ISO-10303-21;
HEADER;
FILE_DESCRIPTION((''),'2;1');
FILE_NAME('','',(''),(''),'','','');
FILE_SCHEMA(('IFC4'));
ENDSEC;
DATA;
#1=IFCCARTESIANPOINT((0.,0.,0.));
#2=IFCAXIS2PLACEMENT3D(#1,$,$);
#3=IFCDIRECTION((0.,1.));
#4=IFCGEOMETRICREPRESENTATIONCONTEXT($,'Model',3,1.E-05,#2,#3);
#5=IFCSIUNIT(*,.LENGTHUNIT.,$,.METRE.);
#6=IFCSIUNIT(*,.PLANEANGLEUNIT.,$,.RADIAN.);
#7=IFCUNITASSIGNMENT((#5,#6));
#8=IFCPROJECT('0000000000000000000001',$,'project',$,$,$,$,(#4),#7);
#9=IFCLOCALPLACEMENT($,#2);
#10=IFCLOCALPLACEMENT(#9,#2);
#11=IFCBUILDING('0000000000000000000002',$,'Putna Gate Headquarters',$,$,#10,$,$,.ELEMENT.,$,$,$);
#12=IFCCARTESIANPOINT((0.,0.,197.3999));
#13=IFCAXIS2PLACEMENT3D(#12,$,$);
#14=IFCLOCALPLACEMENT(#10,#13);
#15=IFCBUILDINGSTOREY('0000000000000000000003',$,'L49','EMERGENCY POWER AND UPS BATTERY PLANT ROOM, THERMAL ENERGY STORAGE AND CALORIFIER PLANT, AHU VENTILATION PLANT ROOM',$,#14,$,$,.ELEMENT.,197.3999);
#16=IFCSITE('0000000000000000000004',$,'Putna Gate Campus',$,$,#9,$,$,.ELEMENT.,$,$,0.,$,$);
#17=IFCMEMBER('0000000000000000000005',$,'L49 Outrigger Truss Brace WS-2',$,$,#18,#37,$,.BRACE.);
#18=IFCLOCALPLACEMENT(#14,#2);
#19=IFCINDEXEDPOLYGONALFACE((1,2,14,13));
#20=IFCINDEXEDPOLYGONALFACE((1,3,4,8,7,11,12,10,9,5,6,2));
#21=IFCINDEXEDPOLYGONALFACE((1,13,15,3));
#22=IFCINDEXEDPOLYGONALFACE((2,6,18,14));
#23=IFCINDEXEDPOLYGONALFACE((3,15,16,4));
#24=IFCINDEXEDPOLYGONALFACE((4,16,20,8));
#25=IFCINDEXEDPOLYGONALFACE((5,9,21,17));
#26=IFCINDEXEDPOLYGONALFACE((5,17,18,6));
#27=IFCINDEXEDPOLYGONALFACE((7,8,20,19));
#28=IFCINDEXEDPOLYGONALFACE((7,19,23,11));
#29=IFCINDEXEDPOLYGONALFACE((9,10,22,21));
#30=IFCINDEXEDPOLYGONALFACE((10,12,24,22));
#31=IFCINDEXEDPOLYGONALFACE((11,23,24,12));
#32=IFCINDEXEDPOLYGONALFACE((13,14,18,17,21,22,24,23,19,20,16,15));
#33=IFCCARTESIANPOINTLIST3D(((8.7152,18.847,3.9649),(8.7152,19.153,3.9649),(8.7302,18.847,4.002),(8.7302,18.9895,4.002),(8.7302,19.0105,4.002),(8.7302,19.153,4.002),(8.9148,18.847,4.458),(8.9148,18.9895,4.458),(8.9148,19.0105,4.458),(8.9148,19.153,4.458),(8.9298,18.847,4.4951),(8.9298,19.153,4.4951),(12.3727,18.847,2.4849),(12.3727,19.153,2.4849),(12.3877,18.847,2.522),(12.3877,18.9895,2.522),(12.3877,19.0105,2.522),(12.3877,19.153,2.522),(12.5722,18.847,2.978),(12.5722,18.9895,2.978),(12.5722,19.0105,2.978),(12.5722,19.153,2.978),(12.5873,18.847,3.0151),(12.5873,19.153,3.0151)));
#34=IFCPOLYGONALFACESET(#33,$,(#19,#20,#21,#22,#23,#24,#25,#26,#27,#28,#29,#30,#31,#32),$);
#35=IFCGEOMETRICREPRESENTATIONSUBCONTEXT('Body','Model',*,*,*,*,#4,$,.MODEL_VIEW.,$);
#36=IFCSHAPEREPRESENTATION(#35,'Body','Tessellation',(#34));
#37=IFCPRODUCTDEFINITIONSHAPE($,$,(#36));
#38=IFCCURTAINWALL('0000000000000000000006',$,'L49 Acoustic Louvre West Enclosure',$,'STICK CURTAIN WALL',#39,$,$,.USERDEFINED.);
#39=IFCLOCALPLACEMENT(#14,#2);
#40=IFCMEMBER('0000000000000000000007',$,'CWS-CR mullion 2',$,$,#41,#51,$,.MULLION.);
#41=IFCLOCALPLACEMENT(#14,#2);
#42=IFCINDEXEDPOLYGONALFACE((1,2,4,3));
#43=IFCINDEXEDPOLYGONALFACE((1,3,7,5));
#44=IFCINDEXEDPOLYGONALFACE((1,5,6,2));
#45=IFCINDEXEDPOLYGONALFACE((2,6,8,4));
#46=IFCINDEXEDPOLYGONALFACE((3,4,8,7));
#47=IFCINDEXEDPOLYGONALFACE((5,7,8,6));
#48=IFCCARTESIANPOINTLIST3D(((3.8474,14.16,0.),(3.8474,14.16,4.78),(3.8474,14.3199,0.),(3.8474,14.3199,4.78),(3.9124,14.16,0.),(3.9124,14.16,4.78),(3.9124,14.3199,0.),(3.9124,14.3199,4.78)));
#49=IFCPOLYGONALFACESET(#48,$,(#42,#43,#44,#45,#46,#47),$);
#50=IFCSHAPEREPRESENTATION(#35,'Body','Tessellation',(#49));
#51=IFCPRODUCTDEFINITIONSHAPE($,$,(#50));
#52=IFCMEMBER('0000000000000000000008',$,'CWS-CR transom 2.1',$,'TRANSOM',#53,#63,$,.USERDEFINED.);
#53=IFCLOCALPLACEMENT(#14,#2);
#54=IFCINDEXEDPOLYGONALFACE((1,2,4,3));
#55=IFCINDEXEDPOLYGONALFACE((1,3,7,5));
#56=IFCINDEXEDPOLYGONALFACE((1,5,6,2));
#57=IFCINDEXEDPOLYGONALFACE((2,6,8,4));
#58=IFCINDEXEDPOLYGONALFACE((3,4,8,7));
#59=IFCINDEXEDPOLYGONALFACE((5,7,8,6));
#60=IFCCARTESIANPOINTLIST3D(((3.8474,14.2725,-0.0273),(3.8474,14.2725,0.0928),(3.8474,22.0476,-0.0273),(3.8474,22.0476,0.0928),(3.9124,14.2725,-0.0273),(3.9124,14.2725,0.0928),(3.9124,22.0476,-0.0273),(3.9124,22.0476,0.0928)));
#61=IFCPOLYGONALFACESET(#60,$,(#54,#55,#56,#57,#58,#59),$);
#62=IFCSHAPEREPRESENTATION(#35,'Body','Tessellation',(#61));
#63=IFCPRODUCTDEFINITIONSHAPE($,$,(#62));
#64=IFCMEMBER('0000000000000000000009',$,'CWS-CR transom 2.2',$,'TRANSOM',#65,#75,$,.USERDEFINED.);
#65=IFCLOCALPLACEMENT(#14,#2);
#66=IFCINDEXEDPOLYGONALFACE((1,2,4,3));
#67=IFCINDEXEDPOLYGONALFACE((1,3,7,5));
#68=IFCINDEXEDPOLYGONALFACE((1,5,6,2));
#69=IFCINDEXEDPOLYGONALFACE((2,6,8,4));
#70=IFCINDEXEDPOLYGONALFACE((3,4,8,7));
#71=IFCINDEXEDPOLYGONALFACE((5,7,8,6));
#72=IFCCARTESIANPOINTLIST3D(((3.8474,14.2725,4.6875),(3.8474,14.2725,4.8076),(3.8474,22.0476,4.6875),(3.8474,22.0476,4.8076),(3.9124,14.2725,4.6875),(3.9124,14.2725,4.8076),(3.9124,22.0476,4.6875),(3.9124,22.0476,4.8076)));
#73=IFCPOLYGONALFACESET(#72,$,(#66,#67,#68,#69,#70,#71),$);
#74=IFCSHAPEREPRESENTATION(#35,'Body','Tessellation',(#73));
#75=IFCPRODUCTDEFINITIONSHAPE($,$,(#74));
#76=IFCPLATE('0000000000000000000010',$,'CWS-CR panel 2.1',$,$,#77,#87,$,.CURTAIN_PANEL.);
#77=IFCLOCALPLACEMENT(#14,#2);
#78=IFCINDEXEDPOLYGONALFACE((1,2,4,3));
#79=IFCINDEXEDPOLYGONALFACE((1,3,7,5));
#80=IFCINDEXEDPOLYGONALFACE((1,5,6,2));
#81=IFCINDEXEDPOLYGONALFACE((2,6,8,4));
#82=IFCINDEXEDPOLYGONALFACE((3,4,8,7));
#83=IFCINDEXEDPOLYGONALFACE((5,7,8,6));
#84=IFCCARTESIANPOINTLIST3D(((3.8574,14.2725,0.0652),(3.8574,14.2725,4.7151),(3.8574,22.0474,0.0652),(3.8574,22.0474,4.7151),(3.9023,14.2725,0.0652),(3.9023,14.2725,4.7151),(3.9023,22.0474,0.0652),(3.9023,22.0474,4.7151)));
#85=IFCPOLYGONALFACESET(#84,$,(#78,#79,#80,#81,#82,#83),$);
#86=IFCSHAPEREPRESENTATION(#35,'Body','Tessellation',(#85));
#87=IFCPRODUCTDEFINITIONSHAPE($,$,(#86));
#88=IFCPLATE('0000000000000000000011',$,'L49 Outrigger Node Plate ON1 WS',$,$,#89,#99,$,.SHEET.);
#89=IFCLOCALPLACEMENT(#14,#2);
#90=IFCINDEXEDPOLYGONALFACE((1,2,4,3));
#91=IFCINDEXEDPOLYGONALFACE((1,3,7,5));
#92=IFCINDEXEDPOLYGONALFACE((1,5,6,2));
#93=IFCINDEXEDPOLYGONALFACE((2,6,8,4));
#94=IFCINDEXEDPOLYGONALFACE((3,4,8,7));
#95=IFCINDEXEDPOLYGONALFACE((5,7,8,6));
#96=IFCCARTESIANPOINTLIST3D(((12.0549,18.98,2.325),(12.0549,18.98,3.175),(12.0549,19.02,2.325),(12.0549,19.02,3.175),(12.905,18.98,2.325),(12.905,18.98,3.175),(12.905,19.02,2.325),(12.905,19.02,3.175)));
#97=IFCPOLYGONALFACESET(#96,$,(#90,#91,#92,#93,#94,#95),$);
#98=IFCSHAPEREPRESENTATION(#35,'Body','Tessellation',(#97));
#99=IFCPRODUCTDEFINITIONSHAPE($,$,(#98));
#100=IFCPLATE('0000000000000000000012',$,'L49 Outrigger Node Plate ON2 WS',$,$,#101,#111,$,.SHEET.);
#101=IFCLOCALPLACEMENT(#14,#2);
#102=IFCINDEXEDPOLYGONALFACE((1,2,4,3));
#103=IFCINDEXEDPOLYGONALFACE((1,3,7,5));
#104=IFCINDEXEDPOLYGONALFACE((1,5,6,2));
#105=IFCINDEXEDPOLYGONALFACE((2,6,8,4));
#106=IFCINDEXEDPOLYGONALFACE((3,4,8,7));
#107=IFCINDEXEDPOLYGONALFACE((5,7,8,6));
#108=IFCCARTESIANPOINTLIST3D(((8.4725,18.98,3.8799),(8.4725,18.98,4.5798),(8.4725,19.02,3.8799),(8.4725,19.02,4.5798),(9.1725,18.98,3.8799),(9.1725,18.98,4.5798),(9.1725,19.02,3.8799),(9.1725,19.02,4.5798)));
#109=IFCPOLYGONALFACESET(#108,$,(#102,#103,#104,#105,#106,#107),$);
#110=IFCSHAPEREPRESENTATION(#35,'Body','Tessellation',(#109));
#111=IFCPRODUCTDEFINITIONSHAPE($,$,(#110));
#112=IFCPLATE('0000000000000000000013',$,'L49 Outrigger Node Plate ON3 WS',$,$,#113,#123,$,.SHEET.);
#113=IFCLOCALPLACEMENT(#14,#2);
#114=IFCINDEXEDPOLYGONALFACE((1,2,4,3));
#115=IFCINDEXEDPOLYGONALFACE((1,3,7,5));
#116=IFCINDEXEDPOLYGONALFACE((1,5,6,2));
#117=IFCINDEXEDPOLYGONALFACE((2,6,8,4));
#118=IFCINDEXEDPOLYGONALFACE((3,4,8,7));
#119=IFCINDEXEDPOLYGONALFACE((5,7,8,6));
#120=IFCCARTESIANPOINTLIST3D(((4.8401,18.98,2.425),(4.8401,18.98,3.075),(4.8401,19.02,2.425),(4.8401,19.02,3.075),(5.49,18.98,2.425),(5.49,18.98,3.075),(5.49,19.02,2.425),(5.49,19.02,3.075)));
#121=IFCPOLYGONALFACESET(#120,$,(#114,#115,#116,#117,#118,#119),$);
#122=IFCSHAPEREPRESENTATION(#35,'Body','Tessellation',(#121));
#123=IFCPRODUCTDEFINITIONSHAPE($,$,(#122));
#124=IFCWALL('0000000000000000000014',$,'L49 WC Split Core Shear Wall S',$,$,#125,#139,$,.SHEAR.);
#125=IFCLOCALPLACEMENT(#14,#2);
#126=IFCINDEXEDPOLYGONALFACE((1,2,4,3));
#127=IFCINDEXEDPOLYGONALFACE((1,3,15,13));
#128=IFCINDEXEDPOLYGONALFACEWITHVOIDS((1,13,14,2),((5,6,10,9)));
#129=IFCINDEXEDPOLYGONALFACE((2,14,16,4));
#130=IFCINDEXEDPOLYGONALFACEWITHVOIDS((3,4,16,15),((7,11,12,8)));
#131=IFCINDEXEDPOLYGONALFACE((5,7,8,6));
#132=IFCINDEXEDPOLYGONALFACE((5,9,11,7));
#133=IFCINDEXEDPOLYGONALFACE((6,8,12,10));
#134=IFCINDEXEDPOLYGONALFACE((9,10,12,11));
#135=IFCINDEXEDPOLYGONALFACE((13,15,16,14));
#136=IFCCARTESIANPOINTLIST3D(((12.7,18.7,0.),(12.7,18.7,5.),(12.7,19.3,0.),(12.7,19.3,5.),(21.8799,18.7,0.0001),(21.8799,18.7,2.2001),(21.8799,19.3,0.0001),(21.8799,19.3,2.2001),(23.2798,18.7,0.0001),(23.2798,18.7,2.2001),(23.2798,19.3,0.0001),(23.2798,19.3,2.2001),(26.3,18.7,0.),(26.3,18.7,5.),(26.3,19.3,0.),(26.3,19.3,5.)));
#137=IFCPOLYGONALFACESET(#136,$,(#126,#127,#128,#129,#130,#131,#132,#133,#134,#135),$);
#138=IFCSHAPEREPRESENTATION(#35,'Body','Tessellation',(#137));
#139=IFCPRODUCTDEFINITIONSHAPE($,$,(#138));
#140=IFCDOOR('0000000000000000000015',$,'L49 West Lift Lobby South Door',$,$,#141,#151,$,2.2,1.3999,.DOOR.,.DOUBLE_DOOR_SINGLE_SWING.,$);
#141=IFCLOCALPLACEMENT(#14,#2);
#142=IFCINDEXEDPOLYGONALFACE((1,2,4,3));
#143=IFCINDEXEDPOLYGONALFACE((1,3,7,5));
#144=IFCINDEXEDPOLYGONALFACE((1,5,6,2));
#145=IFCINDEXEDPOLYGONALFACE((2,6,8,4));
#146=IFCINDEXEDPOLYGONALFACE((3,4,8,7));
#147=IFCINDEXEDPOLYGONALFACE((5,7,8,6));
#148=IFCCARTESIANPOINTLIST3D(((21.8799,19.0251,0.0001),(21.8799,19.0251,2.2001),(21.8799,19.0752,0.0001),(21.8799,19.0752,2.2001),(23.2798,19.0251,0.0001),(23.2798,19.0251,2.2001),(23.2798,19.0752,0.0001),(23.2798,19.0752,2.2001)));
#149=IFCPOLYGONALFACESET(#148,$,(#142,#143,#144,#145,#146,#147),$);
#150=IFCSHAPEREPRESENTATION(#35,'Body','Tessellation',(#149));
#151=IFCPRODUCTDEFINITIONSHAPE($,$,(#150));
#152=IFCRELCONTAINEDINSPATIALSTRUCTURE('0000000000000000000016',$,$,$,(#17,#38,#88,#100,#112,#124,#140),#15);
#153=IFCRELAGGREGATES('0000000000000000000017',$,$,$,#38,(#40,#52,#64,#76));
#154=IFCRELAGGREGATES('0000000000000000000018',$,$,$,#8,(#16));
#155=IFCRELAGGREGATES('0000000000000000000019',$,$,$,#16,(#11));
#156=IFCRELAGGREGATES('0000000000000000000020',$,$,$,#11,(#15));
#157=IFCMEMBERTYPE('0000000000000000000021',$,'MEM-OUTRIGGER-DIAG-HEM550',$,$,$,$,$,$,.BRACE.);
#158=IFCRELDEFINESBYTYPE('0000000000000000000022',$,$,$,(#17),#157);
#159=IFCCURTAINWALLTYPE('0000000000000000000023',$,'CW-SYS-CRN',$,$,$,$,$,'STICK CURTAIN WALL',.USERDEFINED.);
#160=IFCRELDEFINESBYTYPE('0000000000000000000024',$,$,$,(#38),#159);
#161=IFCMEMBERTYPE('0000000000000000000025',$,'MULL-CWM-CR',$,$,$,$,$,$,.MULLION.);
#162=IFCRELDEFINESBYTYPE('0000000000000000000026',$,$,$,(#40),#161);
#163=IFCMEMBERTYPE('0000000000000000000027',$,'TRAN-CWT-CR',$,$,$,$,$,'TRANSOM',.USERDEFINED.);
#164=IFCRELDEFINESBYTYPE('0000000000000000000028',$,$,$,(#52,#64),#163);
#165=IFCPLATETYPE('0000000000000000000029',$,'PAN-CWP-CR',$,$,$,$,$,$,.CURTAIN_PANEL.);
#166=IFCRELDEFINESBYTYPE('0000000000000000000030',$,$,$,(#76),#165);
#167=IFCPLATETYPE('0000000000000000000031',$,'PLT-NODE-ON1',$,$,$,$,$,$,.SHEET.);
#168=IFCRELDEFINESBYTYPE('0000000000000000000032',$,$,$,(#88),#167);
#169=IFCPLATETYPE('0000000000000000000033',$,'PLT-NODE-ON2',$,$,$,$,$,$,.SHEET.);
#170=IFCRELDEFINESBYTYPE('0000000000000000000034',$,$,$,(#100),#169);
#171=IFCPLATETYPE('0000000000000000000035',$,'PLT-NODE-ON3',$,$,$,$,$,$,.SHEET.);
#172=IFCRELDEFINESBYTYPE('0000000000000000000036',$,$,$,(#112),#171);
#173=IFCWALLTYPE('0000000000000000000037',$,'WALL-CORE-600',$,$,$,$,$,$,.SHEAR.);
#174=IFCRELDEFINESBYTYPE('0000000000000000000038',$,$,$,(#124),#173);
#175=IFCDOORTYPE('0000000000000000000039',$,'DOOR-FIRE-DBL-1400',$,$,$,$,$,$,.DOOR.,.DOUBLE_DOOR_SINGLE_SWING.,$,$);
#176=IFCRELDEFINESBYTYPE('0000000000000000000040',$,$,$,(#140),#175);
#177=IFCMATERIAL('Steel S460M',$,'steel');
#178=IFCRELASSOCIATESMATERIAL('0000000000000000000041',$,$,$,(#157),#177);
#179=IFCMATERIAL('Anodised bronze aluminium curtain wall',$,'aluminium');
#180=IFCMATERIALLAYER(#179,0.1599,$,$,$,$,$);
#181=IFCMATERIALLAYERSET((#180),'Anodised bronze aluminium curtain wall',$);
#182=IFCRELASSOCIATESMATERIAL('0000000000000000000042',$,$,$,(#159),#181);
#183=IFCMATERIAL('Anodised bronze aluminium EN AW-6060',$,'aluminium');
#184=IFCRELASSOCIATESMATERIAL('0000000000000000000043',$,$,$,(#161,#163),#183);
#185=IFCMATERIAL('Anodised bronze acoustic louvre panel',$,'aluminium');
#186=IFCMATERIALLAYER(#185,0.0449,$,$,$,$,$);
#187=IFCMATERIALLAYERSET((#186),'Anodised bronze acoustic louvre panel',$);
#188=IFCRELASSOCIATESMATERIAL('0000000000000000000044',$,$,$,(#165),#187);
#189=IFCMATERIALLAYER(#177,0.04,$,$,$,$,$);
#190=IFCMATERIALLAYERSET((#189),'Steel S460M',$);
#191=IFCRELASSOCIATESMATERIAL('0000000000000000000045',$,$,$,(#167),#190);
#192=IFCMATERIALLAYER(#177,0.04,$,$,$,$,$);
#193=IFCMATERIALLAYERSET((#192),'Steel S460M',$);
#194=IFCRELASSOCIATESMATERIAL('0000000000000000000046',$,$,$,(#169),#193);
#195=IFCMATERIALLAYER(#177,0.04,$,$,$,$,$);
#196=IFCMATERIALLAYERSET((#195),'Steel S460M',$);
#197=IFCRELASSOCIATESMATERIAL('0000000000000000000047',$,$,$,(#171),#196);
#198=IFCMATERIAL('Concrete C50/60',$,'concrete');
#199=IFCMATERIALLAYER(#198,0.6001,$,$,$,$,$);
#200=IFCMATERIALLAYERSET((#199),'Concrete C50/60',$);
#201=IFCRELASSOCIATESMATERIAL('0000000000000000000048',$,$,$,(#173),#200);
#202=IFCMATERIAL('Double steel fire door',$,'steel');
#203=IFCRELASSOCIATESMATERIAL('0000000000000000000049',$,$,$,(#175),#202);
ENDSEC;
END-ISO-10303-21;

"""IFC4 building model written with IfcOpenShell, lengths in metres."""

from ifc_helpers import new_model, si_unit, direction, frame, frame_2d, origin, origin_2d, place, context, subcontext, project, spatial, rectangle, i_section, extrude, material, layer, layer_set, material_profile, profile_set, type_object, element, fill, aggregate, save


model = new_model("IFC4")

# Units and contexts
model_context = context("Model", 3, precision=1e-05, world=origin(), true_north=direction((0.0, 1.0)))
body_context = subcontext(model_context, "Body", "Model", "MODEL_VIEW")
ifc_project = project(units=[si_unit("LENGTHUNIT", "METRE"), si_unit("PLANEANGLEUNIT", "RADIAN")], contexts=[model_context])

# Site, building, storey
site_placement = place(None, origin())
site = spatial("IfcSite", under=ifc_project, at=site_placement, Name="Putna Gate Campus", CompositionType="ELEMENT", RefElevation=0.0)
building_placement = place(site_placement, origin())
building = spatial("IfcBuilding", under=site, at=building_placement, Name="Putna Gate Headquarters", CompositionType="ELEMENT")
storey_placement = place(building_placement, frame((0.0, 0.0, 197.3999)))
storey = spatial("IfcBuildingStorey", under=building, at=storey_placement, Name="L49", Description="EMERGENCY POWER AND UPS BATTERY PLANT ROOM, THERMAL ENERGY STORAGE AND CALORIFIER PLANT, AHU VENTILATION PLANT ROOM", CompositionType="ELEMENT", Elevation=197.3999)

# Shared definitions
ifc_material_1 = material(Name="Concrete C50/60", Category="concrete")

# Member
ifc_material_2 = material(Name="Steel S460M", Category="steel")
ifc_material_profile_1 = material_profile(ifc_material_2, i_section(OverallWidth=0.3059, OverallDepth=0.572, WebThickness=0.021, FlangeThickness=0.04, at=origin_2d()), Name="Steel S460M")
ifc_profile_set_1 = profile_set([ifc_material_profile_1], Name="Steel S460M")
member_type_1 = type_object("IfcMemberType", Name="MEM-OUTRIGGER-DIAG-HEM550", PredefinedType="BRACE", material=ifc_profile_set_1)
for number, where, z_axis, x_axis, name in (
    (1, (8.8225, 19.0, 4.23), (0.926984, 0.0, -0.3751), (0.0, 1.0, 0.0), "L49 Outrigger Truss Brace WS-2"),
):
    element("IfcMember", number, at=place(storey_placement, frame(where, z_axis=z_axis, x_axis=x_axis)), inside=storey, type_object=member_type_1, Name=name, PredefinedType="BRACE", context=body_context, shape_type="SweptSolid", body=[
        extrude(i_section(OverallWidth=0.3059, OverallDepth=0.572, WebThickness=0.021, FlangeThickness=0.04, at=origin_2d()), origin(), (0.0, 0.0, 1.0), 3.9456),
    ])

# Curtain wall, members, plate
ifc_material_3 = material(Name="Anodised bronze aluminium curtain wall", Category="aluminium")
ifc_layer_1 = layer(ifc_material_3, 0.1599)
ifc_layer_set_1 = layer_set([ifc_layer_1], Name="Anodised bronze aluminium curtain wall")
curtain_wall_type = type_object("IfcCurtainWallType", Name="CW-SYS-CRN", ElementType="STICK CURTAIN WALL", PredefinedType="USERDEFINED", material=ifc_layer_set_1)
curtain_wall_placement = place(storey_placement, origin())
curtain_wall = element("IfcCurtainWall", 2, at=curtain_wall_placement, inside=storey, type_object=curtain_wall_type, Name="L49 Acoustic Louvre West Enclosure", ObjectType="STICK CURTAIN WALL", PredefinedType="USERDEFINED")
ifc_material_4 = material(Name="Anodised bronze aluminium EN AW-6060", Category="aluminium")
ifc_material_profile_2 = material_profile(ifc_material_4, rectangle(XDim=0.0649, YDim=0.1599, at=origin_2d()), Name="Anodised bronze aluminium EN AW-6060")
ifc_profile_set_2 = profile_set([ifc_material_profile_2], Name="Anodised bronze aluminium EN AW-6060")
member_type_2 = type_object("IfcMemberType", Name="MULL-CWM-CR", PredefinedType="MULLION", material=ifc_profile_set_2)
member_1_placement = place(storey_placement, frame((3.8799, 14.24, 0.0), z_axis=(0.0, 0.0, 1.0), x_axis=(-1.0, 0.0, 0.0)))
member_1 = element("IfcMember", 3, at=member_1_placement, type_object=member_type_2, Name="CWS-CR mullion 2", PredefinedType="MULLION", context=body_context, shape_type="SweptSolid", body=[
    extrude(rectangle(XDim=0.0649, YDim=0.1599, at=origin_2d()), origin(), (0.0, 0.0, 1.0), 4.78),
])
ifc_material_profile_3 = material_profile(ifc_material_4, rectangle(XDim=0.0649, YDim=0.1201, at=origin_2d()), Name="Anodised bronze aluminium EN AW-6060")
ifc_profile_set_3 = profile_set([ifc_material_profile_3], Name="Anodised bronze aluminium EN AW-6060")
member_type_3 = type_object("IfcMemberType", Name="TRAN-CWT-CR", ElementType="TRANSOM", PredefinedType="USERDEFINED", material=ifc_profile_set_3)
member_2_placement = place(storey_placement, frame((3.8799, 14.2725, 0.0327), z_axis=(0.0, 1.0, 0.0), x_axis=(-1.0, 0.0, 0.0)))
member_2 = element("IfcMember", 4, at=member_2_placement, type_object=member_type_3, Name="CWS-CR transom 2.1", ObjectType="TRANSOM", PredefinedType="USERDEFINED", context=body_context, shape_type="SweptSolid", body=[
    extrude(rectangle(XDim=0.0649, YDim=0.1201, at=origin_2d()), origin(), (0.0, 0.0, 1.0), 7.7751),
])
member_3_placement = place(storey_placement, frame((3.8799, 14.2725, 4.7476), z_axis=(0.0, 1.0, 0.0), x_axis=(-1.0, 0.0, 0.0)))
member_3 = element("IfcMember", 5, at=member_3_placement, type_object=member_type_3, Name="CWS-CR transom 2.2", ObjectType="TRANSOM", PredefinedType="USERDEFINED", context=body_context, shape_type="SweptSolid", body=[
    extrude(rectangle(XDim=0.0649, YDim=0.1201, at=origin_2d()), origin(), (0.0, 0.0, 1.0), 7.7751),
])
ifc_material_5 = material(Name="Anodised bronze acoustic louvre panel", Category="aluminium")
ifc_layer_2 = layer(ifc_material_5, 0.0449)
ifc_layer_set_2 = layer_set([ifc_layer_2], Name="Anodised bronze acoustic louvre panel")
plate_type_1 = type_object("IfcPlateType", Name="PAN-CWP-CR", PredefinedType="CURTAIN_PANEL", material=ifc_layer_set_2)
plate_1_placement = place(storey_placement, frame((3.8799, 18.1599, 0.0652), z_axis=(0.0, 0.0, 1.0), x_axis=(0.0, 1.0, 0.0)))
plate_1 = element("IfcPlate", 6, at=plate_1_placement, type_object=plate_type_1, Name="CWS-CR panel 2.1", PredefinedType="CURTAIN_PANEL", context=body_context, shape_type="SweptSolid", body=[
    extrude(rectangle(XDim=7.7749, YDim=0.0449, at=origin_2d()), origin(), (0.0, 0.0, 1.0), 4.6499),
])
aggregate(curtain_wall, [member_1, member_2, member_3, plate_1])

# Plates
ifc_layer_3 = layer(ifc_material_2, 0.04)
ifc_layer_set_3 = layer_set([ifc_layer_3], Name="Steel S460M")
plate_type_2 = type_object("IfcPlateType", Name="PLT-NODE-ON1", PredefinedType="SHEET", material=ifc_layer_set_3)
plate_2_placement = place(storey_placement, frame((12.48, 19.0, 2.325), z_axis=(0.0, 0.0, 1.0), x_axis=(1.0, 0.0, 0.0)))
element("IfcPlate", 7, at=plate_2_placement, inside=storey, type_object=plate_type_2, Name="L49 Outrigger Node Plate ON1 WS", PredefinedType="SHEET", context=body_context, shape_type="SweptSolid", body=[
    extrude(rectangle(XDim=0.8501, YDim=0.04, at=origin_2d()), origin(), (0.0, 0.0, 1.0), 0.8501),
])
ifc_layer_4 = layer(ifc_material_2, 0.04)
ifc_layer_set_4 = layer_set([ifc_layer_4], Name="Steel S460M")
plate_type_3 = type_object("IfcPlateType", Name="PLT-NODE-ON2", PredefinedType="SHEET", material=ifc_layer_set_4)
plate_3_placement = place(storey_placement, frame((8.8225, 19.0, 3.8799), z_axis=(0.0, 0.0, 1.0), x_axis=(1.0, 0.0, 0.0)))
element("IfcPlate", 8, at=plate_3_placement, inside=storey, type_object=plate_type_3, Name="L49 Outrigger Node Plate ON2 WS", PredefinedType="SHEET", context=body_context, shape_type="SweptSolid", body=[
    extrude(rectangle(XDim=0.7, YDim=0.04, at=origin_2d()), origin(), (0.0, 0.0, 1.0), 0.7),
])
ifc_layer_5 = layer(ifc_material_2, 0.04)
ifc_layer_set_5 = layer_set([ifc_layer_5], Name="Steel S460M")
plate_type_4 = type_object("IfcPlateType", Name="PLT-NODE-ON3", PredefinedType="SHEET", material=ifc_layer_set_5)
plate_4_placement = place(storey_placement, frame((5.165, 19.0, 2.425), z_axis=(0.0, 0.0, 1.0), x_axis=(1.0, 0.0, 0.0)))
element("IfcPlate", 9, at=plate_4_placement, inside=storey, type_object=plate_type_4, Name="L49 Outrigger Node Plate ON3 WS", PredefinedType="SHEET", context=body_context, shape_type="SweptSolid", body=[
    extrude(rectangle(XDim=0.6499, YDim=0.04, at=origin_2d()), origin(), (0.0, 0.0, 1.0), 0.6499),
])

# Wall, opening, door
ifc_layer_6 = layer(ifc_material_1, 0.6001)
ifc_layer_set_6 = layer_set([ifc_layer_6], Name="Concrete C50/60")
wall_type_1 = type_object("IfcWallType", Name="WALL-CORE-600", PredefinedType="SHEAR", material=ifc_layer_set_6)
wall_1_placement = place(storey_placement, frame((12.7, 19.0, 0.0), z_axis=(0.0, 0.0, 1.0), x_axis=(1.0, 0.0, 0.0)))
wall_1 = element("IfcWall", 10, at=wall_1_placement, inside=storey, type_object=wall_type_1, Name="L49 WC Split Core Shear Wall S", PredefinedType="SHEAR", context=body_context, shape_type="SweptSolid", body=[
    extrude(rectangle(XDim=13.6001, YDim=0.6001, at=frame_2d((6.8, 0.0))), origin(), (0.0, 0.0, 1.0), 5.0),
])
opening_1_placement = place(wall_1_placement, frame((9.1799, 0.0, 0.0)))
opening_1 = element("IfcOpeningElement", 11, at=opening_1_placement, cuts=wall_1, PredefinedType="OPENING", context=body_context, shape_type="SweptSolid", body=[
    extrude(rectangle(XDim=1.3999, YDim=2.2, at=frame_2d((0.7, 1.1001))), frame((0.0, 0.3101, 0.0), z_axis=(0.0, -1.0, 0.0), x_axis=(1.0, 0.0, 0.0)), (0.0, 0.0, 1.0), 0.6201),
])
ifc_material_6 = material(Name="Double steel fire door", Category="steel")
door_type = type_object("IfcDoorType", Name="DOOR-FIRE-DBL-1400", OperationType="DOUBLE_DOOR_SINGLE_SWING", PredefinedType="DOOR", material=ifc_material_6)
door_1_placement = place(opening_1_placement, origin())
door_1 = element("IfcDoor", 12, at=door_1_placement, inside=storey, type_object=door_type, Name="L49 West Lift Lobby South Door", OperationType="DOUBLE_DOOR_SINGLE_SWING", OverallHeight=2.2, OverallWidth=1.3999, PredefinedType="DOOR", context=body_context, shape_type="SweptSolid", body=[
    extrude(rectangle(XDim=1.3999, YDim=2.2, at=frame_2d((0.7, 1.1001))), frame((0.0, 0.0752, 0.0), z_axis=(0.0, -1.0, 0.0), x_axis=(1.0, 0.0, 0.0)), (0.0, 0.0, 1.0), 0.05),
])
fill(opening_1, door_1)

save(model, "model.ifc")
